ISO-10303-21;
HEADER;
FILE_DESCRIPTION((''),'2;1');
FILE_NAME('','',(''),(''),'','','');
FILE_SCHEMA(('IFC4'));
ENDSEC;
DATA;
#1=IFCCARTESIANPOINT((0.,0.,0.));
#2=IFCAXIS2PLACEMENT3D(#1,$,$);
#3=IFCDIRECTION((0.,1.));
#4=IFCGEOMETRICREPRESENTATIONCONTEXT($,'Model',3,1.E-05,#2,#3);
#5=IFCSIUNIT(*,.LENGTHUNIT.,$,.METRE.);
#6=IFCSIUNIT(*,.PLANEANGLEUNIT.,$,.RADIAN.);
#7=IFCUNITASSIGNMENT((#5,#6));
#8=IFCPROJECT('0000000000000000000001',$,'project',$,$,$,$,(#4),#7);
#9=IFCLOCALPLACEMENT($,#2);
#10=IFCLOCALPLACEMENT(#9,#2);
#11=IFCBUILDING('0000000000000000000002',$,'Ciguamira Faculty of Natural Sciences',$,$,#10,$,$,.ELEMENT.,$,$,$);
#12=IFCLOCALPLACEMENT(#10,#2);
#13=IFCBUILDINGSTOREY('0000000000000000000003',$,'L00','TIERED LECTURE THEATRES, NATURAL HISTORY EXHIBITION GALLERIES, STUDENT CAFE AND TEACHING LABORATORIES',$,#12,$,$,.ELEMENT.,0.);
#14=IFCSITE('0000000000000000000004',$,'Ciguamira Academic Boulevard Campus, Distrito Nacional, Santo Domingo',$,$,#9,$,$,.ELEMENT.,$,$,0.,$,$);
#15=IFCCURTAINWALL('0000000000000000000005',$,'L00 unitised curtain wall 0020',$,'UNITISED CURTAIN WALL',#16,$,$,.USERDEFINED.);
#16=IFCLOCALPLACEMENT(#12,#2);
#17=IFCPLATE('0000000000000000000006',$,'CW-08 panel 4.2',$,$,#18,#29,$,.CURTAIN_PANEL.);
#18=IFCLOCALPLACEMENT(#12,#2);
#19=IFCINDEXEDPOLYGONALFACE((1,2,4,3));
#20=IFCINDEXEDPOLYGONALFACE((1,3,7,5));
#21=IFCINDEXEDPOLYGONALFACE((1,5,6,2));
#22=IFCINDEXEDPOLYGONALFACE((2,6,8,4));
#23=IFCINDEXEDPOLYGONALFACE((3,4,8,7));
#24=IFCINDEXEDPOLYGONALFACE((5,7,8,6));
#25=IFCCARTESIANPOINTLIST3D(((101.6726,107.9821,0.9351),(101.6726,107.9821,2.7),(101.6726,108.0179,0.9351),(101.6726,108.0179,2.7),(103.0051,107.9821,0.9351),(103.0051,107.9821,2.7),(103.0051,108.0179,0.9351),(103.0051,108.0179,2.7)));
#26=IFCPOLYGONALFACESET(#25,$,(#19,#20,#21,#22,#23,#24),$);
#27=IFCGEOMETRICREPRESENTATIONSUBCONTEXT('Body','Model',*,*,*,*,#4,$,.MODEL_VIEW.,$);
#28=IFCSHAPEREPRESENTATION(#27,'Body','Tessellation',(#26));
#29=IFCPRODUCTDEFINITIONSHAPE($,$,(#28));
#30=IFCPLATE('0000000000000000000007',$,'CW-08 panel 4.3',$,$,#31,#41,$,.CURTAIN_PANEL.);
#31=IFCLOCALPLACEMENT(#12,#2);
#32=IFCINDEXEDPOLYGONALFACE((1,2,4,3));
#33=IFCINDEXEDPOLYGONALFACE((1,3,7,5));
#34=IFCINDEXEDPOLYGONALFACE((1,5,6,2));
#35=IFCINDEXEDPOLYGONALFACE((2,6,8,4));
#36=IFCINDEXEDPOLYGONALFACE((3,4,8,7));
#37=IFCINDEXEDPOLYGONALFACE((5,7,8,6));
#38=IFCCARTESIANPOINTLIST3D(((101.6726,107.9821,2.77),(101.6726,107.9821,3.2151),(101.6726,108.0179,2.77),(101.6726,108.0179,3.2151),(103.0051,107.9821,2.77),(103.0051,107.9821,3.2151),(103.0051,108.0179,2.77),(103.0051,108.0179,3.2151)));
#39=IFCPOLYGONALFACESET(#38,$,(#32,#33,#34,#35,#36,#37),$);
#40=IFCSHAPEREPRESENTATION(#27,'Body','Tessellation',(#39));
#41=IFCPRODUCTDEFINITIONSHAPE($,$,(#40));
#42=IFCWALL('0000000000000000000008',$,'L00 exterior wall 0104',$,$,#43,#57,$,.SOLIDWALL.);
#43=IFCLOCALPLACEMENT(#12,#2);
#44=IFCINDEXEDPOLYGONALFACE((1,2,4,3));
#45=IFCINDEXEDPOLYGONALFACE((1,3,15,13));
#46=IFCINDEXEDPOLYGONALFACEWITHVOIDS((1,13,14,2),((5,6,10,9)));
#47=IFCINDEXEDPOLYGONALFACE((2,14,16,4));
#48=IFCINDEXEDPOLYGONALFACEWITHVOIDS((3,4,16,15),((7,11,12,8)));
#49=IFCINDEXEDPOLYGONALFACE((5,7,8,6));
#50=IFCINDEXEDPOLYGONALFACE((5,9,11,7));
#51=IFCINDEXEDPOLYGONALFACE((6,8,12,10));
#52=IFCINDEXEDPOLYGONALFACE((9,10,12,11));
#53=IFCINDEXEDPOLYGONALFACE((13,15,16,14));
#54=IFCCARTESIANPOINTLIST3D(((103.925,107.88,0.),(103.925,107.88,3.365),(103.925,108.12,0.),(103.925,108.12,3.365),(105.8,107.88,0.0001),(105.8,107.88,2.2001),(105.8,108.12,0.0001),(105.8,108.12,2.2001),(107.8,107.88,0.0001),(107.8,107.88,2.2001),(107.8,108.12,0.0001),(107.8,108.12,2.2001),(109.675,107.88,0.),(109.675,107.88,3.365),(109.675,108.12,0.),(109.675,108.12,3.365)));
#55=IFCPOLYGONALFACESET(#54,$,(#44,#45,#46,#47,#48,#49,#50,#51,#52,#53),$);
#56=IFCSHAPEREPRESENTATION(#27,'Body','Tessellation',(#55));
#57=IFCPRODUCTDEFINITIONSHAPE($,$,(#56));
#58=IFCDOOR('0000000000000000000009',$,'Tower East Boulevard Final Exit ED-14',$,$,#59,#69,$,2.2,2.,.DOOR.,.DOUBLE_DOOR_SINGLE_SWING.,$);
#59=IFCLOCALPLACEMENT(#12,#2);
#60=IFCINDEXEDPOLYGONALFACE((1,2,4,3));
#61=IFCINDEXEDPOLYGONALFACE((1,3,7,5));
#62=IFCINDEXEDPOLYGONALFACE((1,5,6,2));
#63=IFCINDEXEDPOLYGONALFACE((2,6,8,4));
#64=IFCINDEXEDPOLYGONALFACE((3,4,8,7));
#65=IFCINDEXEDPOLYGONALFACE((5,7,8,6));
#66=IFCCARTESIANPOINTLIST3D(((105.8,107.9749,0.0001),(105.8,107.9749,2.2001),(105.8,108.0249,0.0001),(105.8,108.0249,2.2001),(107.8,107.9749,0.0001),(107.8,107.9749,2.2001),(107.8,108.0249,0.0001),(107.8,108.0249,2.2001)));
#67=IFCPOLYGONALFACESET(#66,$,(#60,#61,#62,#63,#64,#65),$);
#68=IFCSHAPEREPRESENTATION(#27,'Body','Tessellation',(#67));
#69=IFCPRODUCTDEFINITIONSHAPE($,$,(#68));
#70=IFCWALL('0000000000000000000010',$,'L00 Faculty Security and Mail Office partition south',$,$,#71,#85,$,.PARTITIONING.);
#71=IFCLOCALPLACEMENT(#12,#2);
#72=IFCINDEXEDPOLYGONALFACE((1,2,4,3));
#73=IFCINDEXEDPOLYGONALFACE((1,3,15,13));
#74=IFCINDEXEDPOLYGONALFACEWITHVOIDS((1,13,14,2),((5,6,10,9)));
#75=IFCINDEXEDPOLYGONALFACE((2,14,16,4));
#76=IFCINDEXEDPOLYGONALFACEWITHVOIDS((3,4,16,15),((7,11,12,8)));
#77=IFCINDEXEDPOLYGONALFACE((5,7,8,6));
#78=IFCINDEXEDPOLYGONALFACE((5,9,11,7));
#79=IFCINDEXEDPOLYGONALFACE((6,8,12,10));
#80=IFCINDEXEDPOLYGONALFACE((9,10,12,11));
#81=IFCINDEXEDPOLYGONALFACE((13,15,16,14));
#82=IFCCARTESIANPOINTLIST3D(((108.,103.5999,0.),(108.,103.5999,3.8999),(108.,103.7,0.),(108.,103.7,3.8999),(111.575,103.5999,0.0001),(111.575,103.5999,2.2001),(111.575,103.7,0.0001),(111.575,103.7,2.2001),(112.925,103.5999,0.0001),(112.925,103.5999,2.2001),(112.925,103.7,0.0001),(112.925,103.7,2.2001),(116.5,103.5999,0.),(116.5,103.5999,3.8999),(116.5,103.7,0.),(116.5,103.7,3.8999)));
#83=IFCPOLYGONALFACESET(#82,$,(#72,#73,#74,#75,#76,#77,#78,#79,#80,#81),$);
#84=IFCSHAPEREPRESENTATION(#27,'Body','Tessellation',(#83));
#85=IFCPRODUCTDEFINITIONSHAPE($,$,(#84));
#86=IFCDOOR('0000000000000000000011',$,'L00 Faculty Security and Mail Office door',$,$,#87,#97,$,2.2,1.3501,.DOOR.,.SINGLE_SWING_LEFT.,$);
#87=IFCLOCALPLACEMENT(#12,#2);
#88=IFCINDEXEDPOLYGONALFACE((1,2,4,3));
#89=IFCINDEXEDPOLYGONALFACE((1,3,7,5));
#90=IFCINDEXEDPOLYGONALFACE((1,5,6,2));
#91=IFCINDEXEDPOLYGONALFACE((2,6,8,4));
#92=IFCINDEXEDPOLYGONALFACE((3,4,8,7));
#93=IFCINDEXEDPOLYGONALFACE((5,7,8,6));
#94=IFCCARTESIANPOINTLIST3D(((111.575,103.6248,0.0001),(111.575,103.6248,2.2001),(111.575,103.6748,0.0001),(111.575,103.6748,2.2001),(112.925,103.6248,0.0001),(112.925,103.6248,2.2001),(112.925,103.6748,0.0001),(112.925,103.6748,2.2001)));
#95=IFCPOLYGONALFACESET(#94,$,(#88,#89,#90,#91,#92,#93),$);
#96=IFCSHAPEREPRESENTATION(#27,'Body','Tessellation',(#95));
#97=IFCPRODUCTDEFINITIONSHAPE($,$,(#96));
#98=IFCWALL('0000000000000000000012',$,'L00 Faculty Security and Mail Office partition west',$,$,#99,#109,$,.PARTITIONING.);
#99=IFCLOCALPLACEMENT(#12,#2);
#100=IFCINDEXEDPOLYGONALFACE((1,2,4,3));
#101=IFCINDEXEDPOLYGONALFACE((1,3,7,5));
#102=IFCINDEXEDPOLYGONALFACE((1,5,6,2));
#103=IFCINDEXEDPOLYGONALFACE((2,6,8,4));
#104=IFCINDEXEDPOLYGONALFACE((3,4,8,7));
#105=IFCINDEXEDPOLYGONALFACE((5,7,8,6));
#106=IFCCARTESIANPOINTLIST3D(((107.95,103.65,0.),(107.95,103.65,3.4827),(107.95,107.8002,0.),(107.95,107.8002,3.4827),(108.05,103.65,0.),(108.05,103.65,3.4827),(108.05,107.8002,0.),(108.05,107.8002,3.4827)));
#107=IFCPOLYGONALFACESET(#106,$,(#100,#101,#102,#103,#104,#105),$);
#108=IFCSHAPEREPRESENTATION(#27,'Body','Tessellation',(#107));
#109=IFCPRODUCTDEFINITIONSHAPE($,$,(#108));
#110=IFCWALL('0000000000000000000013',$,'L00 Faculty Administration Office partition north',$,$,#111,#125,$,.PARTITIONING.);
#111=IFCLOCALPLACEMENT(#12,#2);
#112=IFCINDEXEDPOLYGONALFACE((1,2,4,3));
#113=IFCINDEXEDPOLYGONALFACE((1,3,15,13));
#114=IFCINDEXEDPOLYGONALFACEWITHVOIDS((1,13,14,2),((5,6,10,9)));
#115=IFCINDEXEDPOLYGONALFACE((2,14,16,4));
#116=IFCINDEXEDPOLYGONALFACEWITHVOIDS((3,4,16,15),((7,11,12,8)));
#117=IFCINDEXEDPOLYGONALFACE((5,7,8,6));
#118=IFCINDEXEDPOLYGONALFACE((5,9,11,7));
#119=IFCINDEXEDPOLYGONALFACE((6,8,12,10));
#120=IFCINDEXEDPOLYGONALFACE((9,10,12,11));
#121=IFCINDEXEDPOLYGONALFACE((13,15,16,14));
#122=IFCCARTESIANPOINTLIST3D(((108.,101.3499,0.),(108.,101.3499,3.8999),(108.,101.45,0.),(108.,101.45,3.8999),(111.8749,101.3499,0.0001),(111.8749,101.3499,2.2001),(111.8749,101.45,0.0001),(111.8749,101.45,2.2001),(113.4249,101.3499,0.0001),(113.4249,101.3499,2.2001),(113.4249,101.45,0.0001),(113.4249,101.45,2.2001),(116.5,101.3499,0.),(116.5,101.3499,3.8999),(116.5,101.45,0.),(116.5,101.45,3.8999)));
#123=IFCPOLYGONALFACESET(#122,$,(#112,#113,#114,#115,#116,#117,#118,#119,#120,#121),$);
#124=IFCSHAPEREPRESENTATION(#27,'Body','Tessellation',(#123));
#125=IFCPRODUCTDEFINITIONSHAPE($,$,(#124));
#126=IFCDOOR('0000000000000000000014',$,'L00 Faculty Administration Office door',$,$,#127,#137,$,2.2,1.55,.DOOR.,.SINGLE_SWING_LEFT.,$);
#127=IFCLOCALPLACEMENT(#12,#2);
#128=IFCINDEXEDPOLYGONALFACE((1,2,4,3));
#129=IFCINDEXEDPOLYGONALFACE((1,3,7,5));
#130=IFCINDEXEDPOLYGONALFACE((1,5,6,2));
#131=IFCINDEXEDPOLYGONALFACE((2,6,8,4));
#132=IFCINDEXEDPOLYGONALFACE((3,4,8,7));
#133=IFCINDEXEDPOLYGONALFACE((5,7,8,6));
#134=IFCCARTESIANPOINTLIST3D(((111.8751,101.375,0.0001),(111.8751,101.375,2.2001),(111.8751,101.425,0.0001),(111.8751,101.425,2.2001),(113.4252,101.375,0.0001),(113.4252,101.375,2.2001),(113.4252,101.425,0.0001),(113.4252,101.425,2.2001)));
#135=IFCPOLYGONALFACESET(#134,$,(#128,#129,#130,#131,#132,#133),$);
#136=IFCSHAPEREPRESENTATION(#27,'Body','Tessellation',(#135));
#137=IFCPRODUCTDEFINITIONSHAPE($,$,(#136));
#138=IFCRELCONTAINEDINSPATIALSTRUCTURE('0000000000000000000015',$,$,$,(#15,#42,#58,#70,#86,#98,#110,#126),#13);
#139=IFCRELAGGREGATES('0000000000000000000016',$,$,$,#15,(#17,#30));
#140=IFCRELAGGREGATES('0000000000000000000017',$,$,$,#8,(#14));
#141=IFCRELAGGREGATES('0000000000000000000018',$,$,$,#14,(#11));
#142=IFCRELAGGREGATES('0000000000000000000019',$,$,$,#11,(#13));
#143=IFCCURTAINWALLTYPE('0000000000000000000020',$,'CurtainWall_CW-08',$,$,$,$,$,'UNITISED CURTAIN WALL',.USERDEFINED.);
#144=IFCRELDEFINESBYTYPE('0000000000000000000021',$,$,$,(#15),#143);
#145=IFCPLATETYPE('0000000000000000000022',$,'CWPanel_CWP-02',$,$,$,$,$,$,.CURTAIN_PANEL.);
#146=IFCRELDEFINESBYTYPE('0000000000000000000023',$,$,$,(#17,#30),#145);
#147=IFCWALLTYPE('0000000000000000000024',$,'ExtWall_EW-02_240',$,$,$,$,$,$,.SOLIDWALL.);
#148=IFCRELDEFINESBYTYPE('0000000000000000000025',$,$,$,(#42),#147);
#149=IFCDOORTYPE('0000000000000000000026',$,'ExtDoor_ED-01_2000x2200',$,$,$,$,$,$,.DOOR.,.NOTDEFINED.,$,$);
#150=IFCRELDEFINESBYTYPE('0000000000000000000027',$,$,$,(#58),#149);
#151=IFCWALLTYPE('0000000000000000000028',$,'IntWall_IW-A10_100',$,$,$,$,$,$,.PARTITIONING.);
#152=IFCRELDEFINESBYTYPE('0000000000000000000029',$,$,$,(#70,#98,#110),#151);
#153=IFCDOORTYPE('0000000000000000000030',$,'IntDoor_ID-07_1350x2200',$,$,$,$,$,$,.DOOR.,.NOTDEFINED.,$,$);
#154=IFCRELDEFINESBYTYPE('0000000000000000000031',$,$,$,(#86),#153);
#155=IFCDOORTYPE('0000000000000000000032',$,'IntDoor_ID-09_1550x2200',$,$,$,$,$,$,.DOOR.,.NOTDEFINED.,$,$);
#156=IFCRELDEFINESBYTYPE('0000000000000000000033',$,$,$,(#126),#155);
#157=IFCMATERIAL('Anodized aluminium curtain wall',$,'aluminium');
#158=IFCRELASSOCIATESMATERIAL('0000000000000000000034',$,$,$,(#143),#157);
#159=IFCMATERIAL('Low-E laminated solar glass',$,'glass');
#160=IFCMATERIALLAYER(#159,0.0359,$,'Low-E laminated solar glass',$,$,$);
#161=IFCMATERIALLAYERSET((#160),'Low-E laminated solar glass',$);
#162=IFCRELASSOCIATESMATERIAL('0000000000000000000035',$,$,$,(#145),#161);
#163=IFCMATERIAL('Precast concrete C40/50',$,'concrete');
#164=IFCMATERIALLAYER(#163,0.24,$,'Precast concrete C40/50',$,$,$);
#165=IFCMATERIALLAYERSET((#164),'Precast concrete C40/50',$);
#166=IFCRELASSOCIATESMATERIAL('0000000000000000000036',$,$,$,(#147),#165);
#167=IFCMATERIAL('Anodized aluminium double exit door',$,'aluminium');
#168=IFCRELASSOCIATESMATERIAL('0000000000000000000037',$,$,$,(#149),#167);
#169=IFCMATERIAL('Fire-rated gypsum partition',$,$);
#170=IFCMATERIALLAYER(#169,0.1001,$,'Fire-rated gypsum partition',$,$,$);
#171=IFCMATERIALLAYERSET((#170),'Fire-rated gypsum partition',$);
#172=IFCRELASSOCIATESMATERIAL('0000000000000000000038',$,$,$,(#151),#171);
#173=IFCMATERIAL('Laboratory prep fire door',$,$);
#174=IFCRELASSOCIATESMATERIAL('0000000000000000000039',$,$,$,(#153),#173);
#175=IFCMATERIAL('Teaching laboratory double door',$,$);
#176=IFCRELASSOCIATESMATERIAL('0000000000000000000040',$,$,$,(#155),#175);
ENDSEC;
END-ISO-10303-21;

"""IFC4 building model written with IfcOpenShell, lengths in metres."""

from ifc_helpers import new_model, si_unit, direction, frame, frame_2d, origin, origin_2d, place, context, subcontext, project, spatial, rectangle, extrude, material, layer, layer_set, type_object, element, fill, aggregate, save


model = new_model("IFC4")

# Units and contexts
model_context = context("Model", 3, precision=1e-05, world=origin(), true_north=direction((0.0, 1.0)))
body_context = subcontext(model_context, "Body", "Model", "MODEL_VIEW")
ifc_project = project(units=[si_unit("LENGTHUNIT", "METRE"), si_unit("PLANEANGLEUNIT", "RADIAN")], contexts=[model_context])

# Site, building, storey
site_placement = place(None, origin())
site = spatial("IfcSite", under=ifc_project, at=site_placement, Name="Ciguamira Academic Boulevard Campus, Distrito Nacional, Santo Domingo", CompositionType="ELEMENT", RefElevation=0.0)
building_placement = place(site_placement, origin())
building = spatial("IfcBuilding", under=site, at=building_placement, Name="Ciguamira Faculty of Natural Sciences", CompositionType="ELEMENT")
storey_placement = place(building_placement, origin())
storey = spatial("IfcBuildingStorey", under=building, at=storey_placement, Name="L00", Description="TIERED LECTURE THEATRES, NATURAL HISTORY EXHIBITION GALLERIES, STUDENT CAFE AND TEACHING LABORATORIES", CompositionType="ELEMENT", Elevation=0.0)

# Curtain wall
ifc_material_1 = material(Name="Anodized aluminium curtain wall", Category="aluminium")
curtain_wall_type = type_object("IfcCurtainWallType", Name="CurtainWall_CW-08", ElementType="UNITISED CURTAIN WALL", PredefinedType="USERDEFINED", material=ifc_material_1)
curtain_wall_placement = place(storey_placement, origin())
curtain_wall = element("IfcCurtainWall", 1, at=curtain_wall_placement, inside=storey, type_object=curtain_wall_type, Name="L00 unitised curtain wall 0020", ObjectType="UNITISED CURTAIN WALL", PredefinedType="USERDEFINED")

# Plates
ifc_material_2 = material(Name="Low-E laminated solar glass", Category="glass")
ifc_layer_1 = layer(ifc_material_2, 0.0359, Name="Low-E laminated solar glass")
ifc_layer_set_1 = layer_set([ifc_layer_1], Name="Low-E laminated solar glass")
plate_type = type_object("IfcPlateType", Name="CWPanel_CWP-02", PredefinedType="CURTAIN_PANEL", material=ifc_layer_set_1)
plate_1_placement = place(storey_placement, frame((102.3389, 108.0, 0.9351), z_axis=(0.0, 0.0, 1.0), x_axis=(1.0, 0.0, 0.0)))
plate_1 = element("IfcPlate", 2, at=plate_1_placement, type_object=plate_type, Name="CW-08 panel 4.2", PredefinedType="CURTAIN_PANEL", context=body_context, shape_type="SweptSolid", body=[
    extrude(rectangle(XDim=1.3325, YDim=0.0359, at=origin_2d()), origin(), (0.0, 0.0, 1.0), 1.7649),
])
plate_2_placement = place(storey_placement, frame((102.3389, 108.0, 2.77), z_axis=(0.0, 0.0, 1.0), x_axis=(1.0, 0.0, 0.0)))
plate_2 = element("IfcPlate", 3, at=plate_2_placement, type_object=plate_type, Name="CW-08 panel 4.3", PredefinedType="CURTAIN_PANEL", context=body_context, shape_type="SweptSolid", body=[
    extrude(rectangle(XDim=1.3325, YDim=0.0359, at=origin_2d()), origin(), (0.0, 0.0, 1.0), 0.4451),
])
aggregate(curtain_wall, [plate_1, plate_2])

# Walls, openings, doors
ifc_material_3 = material(Name="Precast concrete C40/50", Category="concrete")
ifc_layer_2 = layer(ifc_material_3, 0.24, Name="Precast concrete C40/50")
ifc_layer_set_2 = layer_set([ifc_layer_2], Name="Precast concrete C40/50")
wall_type_1 = type_object("IfcWallType", Name="ExtWall_EW-02_240", PredefinedType="SOLIDWALL", material=ifc_layer_set_2)
wall_1_placement = place(storey_placement, frame((103.925, 108.0, 0.0), z_axis=(0.0, 0.0, 1.0), x_axis=(1.0, 0.0, 0.0)))
wall_1 = element("IfcWall", 4, at=wall_1_placement, inside=storey, type_object=wall_type_1, Name="L00 exterior wall 0104", PredefinedType="SOLIDWALL", context=body_context, shape_type="SweptSolid", body=[
    extrude(rectangle(XDim=5.75, YDim=0.24, at=frame_2d((2.875, 0.0))), origin(), (0.0, 0.0, 1.0), 3.365),
])
opening_1_placement = place(wall_1_placement, frame((1.875, 0.0, 0.0)))
opening_1 = element("IfcOpeningElement", 5, at=opening_1_placement, cuts=wall_1, PredefinedType="OPENING", context=body_context, shape_type="SweptSolid", body=[
    extrude(rectangle(XDim=2.0, YDim=2.2, at=frame_2d((1.0, 1.1001))), frame((0.0, 0.1299, 0.0), z_axis=(0.0, -1.0, 0.0), x_axis=(1.0, 0.0, 0.0)), (0.0, 0.0, 1.0), 0.26),
])
ifc_material_4 = material(Name="Anodized aluminium double exit door", Category="aluminium")
door_type_1 = type_object("IfcDoorType", Name="ExtDoor_ED-01_2000x2200", OperationType="NOTDEFINED", PredefinedType="DOOR", material=ifc_material_4)
door_1_placement = place(opening_1_placement, origin())
door_1 = element("IfcDoor", 6, at=door_1_placement, inside=storey, type_object=door_type_1, Name="Tower East Boulevard Final Exit ED-14", OperationType="DOUBLE_DOOR_SINGLE_SWING", OverallHeight=2.2, OverallWidth=2.0, PredefinedType="DOOR", context=body_context, shape_type="SweptSolid", body=[
    extrude(rectangle(XDim=2.0, YDim=2.2, at=frame_2d((1.0, 1.1001))), frame((0.0, 0.0249, 0.0), z_axis=(0.0, -1.0, 0.0), x_axis=(1.0, 0.0, 0.0)), (0.0, 0.0, 1.0), 0.05),
])
fill(opening_1, door_1)
ifc_material_5 = material(Name="Fire-rated gypsum partition")
ifc_layer_3 = layer(ifc_material_5, 0.1001, Name="Fire-rated gypsum partition")
ifc_layer_set_3 = layer_set([ifc_layer_3], Name="Fire-rated gypsum partition")
wall_type_2 = type_object("IfcWallType", Name="IntWall_IW-A10_100", PredefinedType="PARTITIONING", material=ifc_layer_set_3)
wall_2_placement = place(storey_placement, frame((108.0, 103.6499, 0.0), z_axis=(0.0, 0.0, 1.0), x_axis=(1.0, 0.0, 0.0)))
wall_2 = element("IfcWall", 7, at=wall_2_placement, inside=storey, type_object=wall_type_2, Name="L00 Faculty Security and Mail Office partition south", PredefinedType="PARTITIONING", context=body_context, shape_type="SweptSolid", body=[
    extrude(rectangle(XDim=8.5, YDim=0.1001, at=frame_2d((4.25, 0.0))), origin(), (0.0, 0.0, 1.0), 3.8999),
])
opening_2_placement = place(wall_2_placement, frame((3.575, 0.0, 0.0)))
opening_2 = element("IfcOpeningElement", 8, at=opening_2_placement, cuts=wall_2, PredefinedType="OPENING", context=body_context, shape_type="SweptSolid", body=[
    extrude(rectangle(XDim=1.3501, YDim=2.2, at=frame_2d((0.675, 1.1001))), frame((0.0, 0.0601, 0.0), z_axis=(0.0, -1.0, 0.0), x_axis=(1.0, 0.0, 0.0)), (0.0, 0.0, 1.0), 0.1201),
])
ifc_material_6 = material(Name="Laboratory prep fire door")
door_type_2 = type_object("IfcDoorType", Name="IntDoor_ID-07_1350x2200", OperationType="NOTDEFINED", PredefinedType="DOOR", material=ifc_material_6)
door_2_placement = place(opening_2_placement, origin())
door_2 = element("IfcDoor", 9, at=door_2_placement, inside=storey, type_object=door_type_2, Name="L00 Faculty Security and Mail Office door", OperationType="SINGLE_SWING_LEFT", OverallHeight=2.2, OverallWidth=1.3501, PredefinedType="DOOR", context=body_context, shape_type="SweptSolid", body=[
    extrude(rectangle(XDim=1.3501, YDim=2.2, at=frame_2d((0.675, 1.1001))), frame((0.0, 0.0249, 0.0), z_axis=(0.0, -1.0, 0.0), x_axis=(1.0, 0.0, 0.0)), (0.0, 0.0, 1.0), 0.05),
])
fill(opening_2, door_2)

# Wall
wall_3_placement = place(storey_placement, frame((108.0, 103.6499, 0.0), z_axis=(0.0, 0.0, 1.0), x_axis=(0.0, 1.0, 0.0)))
element("IfcWall", 10, at=wall_3_placement, inside=storey, type_object=wall_type_2, Name="L00 Faculty Security and Mail Office partition west", PredefinedType="PARTITIONING", context=body_context, shape_type="SweptSolid", body=[
    extrude(rectangle(XDim=4.1501, YDim=0.1001, at=frame_2d((2.0752, 0.0))), origin(), (0.0, 0.0, 1.0), 3.4827),
])

# Wall, opening, door
wall_4_placement = place(storey_placement, frame((108.0, 101.3999, 0.0), z_axis=(0.0, 0.0, 1.0), x_axis=(1.0, 0.0, 0.0)))
wall_4 = element("IfcWall", 11, at=wall_4_placement, inside=storey, type_object=wall_type_2, Name="L00 Faculty Administration Office partition north", PredefinedType="PARTITIONING", context=body_context, shape_type="SweptSolid", body=[
    extrude(rectangle(XDim=8.5, YDim=0.1001, at=frame_2d((4.25, 0.0))), origin(), (0.0, 0.0, 1.0), 3.8999),
])
opening_3_placement = place(wall_4_placement, frame((3.875, 0.0, 0.0)))
opening_3 = element("IfcOpeningElement", 12, at=opening_3_placement, cuts=wall_4, PredefinedType="OPENING", context=body_context, shape_type="SweptSolid", body=[
    extrude(rectangle(XDim=1.55, YDim=2.2, at=frame_2d((0.7749, 1.1001))), frame((0.0, 0.0601, 0.0), z_axis=(0.0, -1.0, 0.0), x_axis=(1.0, 0.0, 0.0)), (0.0, 0.0, 1.0), 0.1201),
])
ifc_material_7 = material(Name="Teaching laboratory double door")
door_type_3 = type_object("IfcDoorType", Name="IntDoor_ID-09_1550x2200", OperationType="NOTDEFINED", PredefinedType="DOOR", material=ifc_material_7)
door_3_placement = place(opening_3_placement, frame((1.55, 0.0, 0.0), z_axis=(0.0, 0.0, 1.0), x_axis=(-1.0, 0.0, 0.0)))
door_3 = element("IfcDoor", 13, at=door_3_placement, inside=storey, type_object=door_type_3, Name="L00 Faculty Administration Office door", OperationType="SINGLE_SWING_LEFT", OverallHeight=2.2, OverallWidth=1.55, PredefinedType="DOOR", context=body_context, shape_type="SweptSolid", body=[
    extrude(rectangle(XDim=1.55, YDim=2.2, at=frame_2d((0.7749, 1.1001))), frame((0.0, 0.0249, 0.0), z_axis=(0.0, -1.0, 0.0), x_axis=(1.0, 0.0, 0.0)), (0.0, 0.0, 1.0), 0.05),
])
fill(opening_3, door_3)

save(model, "model.ifc")
